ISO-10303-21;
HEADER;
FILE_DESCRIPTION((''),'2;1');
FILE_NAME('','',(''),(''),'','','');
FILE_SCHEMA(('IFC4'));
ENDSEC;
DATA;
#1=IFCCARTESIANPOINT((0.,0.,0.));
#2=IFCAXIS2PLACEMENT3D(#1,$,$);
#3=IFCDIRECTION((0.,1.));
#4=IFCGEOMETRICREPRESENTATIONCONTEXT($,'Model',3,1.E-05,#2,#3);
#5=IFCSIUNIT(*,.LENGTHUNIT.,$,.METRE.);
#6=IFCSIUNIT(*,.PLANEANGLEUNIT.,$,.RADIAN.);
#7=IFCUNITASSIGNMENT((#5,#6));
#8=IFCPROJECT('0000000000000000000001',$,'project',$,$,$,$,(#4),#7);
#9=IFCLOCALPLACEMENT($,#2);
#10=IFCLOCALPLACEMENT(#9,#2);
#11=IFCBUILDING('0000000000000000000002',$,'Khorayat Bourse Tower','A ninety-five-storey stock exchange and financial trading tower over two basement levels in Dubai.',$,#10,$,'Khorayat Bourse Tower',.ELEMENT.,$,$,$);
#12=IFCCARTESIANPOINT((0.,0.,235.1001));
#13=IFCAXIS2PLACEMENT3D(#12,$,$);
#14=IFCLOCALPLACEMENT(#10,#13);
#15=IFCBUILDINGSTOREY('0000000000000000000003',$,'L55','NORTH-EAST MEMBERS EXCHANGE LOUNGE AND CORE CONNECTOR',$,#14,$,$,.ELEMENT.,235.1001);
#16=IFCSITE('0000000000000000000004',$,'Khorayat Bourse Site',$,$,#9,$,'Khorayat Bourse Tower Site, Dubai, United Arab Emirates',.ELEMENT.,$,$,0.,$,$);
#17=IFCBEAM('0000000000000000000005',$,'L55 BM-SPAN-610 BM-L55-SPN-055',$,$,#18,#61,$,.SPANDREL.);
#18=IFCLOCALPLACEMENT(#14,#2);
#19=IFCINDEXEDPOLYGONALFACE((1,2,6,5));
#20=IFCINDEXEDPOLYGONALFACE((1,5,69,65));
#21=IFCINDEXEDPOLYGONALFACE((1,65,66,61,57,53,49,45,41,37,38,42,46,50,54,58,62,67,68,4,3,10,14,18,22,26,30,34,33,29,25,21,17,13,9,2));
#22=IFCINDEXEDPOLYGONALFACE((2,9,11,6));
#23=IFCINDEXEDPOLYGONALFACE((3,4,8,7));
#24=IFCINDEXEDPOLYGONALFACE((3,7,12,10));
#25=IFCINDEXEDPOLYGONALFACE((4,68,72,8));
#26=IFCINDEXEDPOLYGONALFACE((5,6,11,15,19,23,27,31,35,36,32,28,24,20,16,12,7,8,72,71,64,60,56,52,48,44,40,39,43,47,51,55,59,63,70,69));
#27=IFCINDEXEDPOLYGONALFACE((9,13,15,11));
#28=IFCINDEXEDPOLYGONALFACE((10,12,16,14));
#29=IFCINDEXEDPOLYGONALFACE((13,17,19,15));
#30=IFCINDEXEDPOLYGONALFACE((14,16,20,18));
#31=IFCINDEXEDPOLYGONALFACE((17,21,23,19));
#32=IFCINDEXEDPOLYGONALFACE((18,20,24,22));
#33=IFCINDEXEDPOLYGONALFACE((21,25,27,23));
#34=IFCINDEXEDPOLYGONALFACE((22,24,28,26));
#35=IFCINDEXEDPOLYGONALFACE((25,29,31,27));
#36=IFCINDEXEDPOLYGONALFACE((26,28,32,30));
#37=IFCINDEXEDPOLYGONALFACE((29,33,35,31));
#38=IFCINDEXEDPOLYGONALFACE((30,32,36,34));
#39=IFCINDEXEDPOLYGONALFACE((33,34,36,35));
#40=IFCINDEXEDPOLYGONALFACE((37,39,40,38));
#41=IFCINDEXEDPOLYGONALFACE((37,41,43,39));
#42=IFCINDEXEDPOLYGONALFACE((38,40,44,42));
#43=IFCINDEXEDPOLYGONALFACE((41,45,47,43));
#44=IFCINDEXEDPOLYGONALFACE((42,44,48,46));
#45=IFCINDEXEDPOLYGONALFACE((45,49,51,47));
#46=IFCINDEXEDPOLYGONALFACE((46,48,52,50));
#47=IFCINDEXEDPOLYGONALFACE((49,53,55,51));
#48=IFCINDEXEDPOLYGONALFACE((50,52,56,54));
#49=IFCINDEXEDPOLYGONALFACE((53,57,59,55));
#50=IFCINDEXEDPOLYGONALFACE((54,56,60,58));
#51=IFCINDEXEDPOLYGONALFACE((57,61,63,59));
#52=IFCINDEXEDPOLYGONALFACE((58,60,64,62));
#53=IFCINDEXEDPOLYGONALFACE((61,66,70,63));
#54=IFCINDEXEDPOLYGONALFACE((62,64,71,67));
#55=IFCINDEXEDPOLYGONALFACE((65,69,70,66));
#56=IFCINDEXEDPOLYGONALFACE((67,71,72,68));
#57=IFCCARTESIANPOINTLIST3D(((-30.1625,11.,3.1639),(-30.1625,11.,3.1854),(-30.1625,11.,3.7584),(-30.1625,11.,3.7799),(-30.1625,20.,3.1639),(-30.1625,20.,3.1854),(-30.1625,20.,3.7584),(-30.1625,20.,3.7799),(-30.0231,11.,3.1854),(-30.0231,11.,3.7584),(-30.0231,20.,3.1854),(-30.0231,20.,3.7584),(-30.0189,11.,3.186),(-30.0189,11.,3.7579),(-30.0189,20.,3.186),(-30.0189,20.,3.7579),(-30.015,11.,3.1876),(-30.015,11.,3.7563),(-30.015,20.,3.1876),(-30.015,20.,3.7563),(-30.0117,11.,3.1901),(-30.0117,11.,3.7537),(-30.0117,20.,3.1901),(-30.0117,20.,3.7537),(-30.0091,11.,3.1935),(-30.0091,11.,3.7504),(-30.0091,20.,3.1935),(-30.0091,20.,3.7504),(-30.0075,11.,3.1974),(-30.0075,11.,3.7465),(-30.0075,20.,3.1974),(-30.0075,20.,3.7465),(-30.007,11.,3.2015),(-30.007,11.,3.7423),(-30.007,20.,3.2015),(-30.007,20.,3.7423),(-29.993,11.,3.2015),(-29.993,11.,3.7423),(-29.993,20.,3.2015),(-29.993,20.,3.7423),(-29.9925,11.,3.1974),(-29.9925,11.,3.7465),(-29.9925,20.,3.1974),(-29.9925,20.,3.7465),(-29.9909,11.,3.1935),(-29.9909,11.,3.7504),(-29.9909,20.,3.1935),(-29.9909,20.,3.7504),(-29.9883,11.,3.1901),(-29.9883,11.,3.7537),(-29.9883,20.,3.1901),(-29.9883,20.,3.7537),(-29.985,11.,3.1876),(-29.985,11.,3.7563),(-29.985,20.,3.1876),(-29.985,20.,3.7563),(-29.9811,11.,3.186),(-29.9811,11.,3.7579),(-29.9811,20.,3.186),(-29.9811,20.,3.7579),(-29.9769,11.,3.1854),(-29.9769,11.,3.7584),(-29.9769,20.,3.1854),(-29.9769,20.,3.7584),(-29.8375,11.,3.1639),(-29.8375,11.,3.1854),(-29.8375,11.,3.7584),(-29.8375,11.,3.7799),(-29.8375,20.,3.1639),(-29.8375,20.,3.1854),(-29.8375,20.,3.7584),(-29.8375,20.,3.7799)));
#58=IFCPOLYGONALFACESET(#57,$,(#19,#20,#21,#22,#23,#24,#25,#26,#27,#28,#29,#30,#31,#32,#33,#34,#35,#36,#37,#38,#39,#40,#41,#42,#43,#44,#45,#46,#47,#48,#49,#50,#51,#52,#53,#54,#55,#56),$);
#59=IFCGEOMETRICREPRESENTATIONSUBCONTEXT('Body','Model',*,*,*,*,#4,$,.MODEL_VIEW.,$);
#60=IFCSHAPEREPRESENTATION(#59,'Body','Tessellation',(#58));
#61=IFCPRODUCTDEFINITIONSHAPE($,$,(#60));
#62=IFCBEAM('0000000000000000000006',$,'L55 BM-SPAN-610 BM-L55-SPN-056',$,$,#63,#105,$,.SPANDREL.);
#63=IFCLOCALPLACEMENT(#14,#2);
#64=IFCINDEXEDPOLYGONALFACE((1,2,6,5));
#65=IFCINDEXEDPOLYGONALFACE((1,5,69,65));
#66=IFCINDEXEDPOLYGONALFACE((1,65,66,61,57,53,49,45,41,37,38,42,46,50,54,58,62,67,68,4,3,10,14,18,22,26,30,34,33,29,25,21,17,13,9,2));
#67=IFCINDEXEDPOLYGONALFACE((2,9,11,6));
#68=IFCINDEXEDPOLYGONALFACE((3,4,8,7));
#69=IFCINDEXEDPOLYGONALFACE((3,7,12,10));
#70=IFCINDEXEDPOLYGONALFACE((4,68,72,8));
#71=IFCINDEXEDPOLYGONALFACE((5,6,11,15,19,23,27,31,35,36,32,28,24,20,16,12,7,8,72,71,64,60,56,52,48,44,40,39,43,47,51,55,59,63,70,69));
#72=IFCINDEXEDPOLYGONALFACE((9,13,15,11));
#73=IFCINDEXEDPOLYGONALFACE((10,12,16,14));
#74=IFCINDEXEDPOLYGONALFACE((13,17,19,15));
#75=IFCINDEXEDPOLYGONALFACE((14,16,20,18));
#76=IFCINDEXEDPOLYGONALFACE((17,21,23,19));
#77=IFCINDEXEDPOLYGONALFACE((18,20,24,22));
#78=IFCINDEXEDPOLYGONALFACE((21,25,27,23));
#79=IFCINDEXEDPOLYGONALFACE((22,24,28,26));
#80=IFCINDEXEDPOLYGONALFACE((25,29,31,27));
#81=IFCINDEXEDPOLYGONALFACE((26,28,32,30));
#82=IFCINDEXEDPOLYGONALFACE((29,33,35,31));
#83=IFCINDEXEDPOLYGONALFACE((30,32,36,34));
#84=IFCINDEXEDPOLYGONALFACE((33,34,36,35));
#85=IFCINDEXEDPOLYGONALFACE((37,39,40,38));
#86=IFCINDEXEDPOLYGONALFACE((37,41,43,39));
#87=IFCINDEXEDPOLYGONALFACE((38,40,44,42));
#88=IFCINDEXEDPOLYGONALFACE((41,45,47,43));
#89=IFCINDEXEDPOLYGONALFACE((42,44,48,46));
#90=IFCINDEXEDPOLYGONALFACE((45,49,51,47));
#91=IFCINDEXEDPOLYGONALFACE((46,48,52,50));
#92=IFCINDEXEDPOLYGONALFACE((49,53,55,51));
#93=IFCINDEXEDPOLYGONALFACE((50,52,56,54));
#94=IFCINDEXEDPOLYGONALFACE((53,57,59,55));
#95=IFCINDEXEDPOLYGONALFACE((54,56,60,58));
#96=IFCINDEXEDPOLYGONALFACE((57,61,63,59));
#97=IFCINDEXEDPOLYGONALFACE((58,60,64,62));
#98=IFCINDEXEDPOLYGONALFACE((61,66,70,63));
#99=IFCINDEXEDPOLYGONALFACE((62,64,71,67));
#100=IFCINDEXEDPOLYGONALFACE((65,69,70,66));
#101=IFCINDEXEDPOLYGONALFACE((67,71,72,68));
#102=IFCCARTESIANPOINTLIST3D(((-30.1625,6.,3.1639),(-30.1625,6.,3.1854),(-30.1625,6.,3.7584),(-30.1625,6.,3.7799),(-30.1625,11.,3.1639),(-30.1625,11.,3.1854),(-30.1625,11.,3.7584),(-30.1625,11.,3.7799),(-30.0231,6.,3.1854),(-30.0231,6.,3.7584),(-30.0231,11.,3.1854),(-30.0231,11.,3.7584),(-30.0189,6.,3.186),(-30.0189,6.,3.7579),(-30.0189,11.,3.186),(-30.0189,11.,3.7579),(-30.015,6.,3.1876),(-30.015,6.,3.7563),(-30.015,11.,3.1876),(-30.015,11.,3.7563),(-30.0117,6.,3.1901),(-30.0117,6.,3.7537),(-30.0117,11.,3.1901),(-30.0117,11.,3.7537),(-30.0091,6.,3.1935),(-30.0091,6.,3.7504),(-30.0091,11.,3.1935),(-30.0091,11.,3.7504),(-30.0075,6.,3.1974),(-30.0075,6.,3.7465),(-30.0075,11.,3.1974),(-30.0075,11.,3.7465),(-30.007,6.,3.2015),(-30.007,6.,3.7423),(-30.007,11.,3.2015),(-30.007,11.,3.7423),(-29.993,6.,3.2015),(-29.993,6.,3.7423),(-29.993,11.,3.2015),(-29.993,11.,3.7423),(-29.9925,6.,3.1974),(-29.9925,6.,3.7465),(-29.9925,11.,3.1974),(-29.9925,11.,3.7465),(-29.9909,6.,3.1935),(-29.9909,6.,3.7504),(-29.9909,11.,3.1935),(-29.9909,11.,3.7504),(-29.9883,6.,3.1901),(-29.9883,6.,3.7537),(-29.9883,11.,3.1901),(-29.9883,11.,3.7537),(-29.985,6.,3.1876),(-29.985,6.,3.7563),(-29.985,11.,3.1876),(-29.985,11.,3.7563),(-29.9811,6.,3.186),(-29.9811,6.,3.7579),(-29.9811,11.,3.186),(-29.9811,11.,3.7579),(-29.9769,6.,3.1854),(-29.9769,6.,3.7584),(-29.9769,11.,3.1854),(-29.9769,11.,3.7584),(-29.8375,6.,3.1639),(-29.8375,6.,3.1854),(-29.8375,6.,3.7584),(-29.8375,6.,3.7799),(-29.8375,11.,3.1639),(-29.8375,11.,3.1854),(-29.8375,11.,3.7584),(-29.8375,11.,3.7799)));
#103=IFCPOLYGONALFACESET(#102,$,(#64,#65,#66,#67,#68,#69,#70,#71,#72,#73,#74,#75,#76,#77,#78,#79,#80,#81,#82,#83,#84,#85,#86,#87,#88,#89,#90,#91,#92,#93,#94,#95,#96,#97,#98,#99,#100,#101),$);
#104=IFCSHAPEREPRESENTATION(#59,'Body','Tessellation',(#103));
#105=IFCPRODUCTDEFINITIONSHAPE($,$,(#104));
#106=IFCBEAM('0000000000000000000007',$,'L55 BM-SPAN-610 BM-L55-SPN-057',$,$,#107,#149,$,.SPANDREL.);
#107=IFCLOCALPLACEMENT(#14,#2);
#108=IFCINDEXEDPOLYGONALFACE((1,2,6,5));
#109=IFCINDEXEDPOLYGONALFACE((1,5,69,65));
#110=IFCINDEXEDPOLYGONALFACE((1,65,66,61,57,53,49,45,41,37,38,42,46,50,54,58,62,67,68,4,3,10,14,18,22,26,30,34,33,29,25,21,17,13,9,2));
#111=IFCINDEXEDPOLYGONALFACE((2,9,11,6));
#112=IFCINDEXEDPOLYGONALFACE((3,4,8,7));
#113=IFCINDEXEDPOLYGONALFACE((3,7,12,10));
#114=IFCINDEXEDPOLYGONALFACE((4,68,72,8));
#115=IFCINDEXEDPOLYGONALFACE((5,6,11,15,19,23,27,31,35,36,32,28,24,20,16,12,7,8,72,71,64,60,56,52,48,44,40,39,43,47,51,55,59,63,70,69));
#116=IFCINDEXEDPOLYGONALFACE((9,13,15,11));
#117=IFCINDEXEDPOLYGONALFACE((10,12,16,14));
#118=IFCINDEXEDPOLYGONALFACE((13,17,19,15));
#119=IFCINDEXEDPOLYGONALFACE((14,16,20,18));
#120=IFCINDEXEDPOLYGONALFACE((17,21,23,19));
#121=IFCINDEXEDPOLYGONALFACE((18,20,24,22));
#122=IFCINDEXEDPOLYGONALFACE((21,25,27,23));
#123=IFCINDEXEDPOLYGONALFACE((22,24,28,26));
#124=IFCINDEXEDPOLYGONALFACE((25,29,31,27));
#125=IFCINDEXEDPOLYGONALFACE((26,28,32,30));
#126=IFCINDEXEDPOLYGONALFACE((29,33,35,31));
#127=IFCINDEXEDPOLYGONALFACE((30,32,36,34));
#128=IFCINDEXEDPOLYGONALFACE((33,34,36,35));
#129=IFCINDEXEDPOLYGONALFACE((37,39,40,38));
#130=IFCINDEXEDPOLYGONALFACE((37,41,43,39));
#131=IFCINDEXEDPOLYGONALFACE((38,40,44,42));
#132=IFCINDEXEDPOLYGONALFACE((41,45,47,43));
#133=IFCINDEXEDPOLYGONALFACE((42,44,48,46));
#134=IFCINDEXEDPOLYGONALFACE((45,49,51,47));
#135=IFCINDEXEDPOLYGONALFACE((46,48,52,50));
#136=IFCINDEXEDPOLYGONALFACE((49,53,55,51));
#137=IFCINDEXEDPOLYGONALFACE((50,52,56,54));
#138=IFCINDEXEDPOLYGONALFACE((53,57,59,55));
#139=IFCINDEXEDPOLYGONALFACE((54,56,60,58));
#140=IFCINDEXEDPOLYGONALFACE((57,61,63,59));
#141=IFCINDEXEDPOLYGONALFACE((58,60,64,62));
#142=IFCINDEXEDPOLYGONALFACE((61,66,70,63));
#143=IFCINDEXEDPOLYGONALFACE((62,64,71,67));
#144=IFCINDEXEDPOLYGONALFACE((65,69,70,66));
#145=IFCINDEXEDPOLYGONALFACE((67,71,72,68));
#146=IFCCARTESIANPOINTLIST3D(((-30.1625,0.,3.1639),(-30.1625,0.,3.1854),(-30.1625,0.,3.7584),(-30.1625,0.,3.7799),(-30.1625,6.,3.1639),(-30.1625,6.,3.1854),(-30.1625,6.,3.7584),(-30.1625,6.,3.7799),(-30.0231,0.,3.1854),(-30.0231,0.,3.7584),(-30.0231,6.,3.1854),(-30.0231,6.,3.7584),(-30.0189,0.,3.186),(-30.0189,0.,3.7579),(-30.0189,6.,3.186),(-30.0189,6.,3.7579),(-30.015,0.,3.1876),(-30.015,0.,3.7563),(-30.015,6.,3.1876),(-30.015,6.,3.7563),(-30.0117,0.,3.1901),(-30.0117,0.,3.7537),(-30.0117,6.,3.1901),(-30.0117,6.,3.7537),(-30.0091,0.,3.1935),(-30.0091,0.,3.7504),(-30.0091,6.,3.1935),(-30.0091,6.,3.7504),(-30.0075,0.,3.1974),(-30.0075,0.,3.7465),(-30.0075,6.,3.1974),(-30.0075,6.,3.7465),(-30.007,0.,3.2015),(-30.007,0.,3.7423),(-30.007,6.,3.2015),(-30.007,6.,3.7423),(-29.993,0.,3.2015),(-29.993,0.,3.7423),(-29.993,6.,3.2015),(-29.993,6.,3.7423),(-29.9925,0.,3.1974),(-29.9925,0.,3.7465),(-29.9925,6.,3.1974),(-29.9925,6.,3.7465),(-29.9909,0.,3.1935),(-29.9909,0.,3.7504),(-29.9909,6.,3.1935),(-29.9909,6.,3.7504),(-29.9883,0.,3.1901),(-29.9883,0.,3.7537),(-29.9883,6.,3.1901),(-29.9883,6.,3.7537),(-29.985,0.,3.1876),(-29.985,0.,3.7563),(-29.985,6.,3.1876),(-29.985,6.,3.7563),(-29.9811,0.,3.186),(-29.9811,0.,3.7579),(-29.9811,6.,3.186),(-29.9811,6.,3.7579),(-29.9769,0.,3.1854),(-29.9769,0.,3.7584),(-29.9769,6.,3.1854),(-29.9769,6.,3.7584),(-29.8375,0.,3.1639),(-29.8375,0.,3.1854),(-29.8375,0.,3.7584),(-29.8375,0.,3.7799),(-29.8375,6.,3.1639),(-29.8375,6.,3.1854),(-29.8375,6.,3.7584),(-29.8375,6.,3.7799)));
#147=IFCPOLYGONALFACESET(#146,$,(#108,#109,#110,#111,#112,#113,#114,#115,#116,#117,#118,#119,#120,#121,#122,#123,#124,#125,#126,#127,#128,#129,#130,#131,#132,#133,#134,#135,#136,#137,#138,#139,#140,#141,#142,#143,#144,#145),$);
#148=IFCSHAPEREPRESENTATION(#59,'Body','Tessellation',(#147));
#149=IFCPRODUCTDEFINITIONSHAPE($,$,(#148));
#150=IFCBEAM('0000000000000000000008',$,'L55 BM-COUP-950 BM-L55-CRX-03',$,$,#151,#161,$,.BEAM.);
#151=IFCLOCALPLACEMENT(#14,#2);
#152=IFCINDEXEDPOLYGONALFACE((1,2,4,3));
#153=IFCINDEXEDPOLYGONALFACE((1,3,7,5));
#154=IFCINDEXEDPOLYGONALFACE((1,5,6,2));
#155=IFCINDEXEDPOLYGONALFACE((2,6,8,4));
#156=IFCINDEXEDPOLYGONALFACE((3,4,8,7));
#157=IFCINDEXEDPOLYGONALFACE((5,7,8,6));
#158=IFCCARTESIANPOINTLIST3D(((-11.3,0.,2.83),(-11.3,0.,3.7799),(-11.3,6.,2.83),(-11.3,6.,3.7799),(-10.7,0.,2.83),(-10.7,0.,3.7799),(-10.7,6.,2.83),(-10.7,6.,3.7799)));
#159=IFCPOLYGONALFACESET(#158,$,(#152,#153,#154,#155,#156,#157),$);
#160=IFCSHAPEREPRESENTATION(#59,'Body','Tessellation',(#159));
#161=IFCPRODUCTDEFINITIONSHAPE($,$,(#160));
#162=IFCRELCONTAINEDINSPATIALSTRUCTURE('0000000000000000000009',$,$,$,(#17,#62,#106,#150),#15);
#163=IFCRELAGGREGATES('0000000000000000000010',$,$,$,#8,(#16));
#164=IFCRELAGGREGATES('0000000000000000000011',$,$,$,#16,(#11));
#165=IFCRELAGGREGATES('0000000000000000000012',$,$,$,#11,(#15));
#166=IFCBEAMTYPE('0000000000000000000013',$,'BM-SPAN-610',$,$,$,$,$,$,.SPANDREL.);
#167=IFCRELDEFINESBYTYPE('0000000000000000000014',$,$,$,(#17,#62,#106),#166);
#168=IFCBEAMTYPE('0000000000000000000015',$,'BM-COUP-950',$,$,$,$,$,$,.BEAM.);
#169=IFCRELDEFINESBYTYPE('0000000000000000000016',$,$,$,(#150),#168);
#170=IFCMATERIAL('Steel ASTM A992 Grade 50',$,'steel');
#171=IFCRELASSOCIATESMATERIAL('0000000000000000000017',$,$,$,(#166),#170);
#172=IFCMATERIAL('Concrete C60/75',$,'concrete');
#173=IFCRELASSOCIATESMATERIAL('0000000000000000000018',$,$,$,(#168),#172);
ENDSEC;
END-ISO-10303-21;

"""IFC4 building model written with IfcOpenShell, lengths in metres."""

from ifc_helpers import new_model, si_unit, direction, frame, origin, origin_2d, place, context, subcontext, project, spatial, rectangle, i_section, extrude, source, transform, mapped, material, material_profile, profile_set, type_object, element, save


model = new_model("IFC4")

# Units and contexts
model_context = context("Model", 3, precision=1e-05, world=origin(), true_north=direction((0.0, 1.0)))
body_context = subcontext(model_context, "Body", "Model", "MODEL_VIEW")
ifc_project = project(units=[si_unit("LENGTHUNIT", "METRE"), si_unit("PLANEANGLEUNIT", "RADIAN")], contexts=[model_context])

# Site, building, storey
site_placement = place(None, origin())
site = spatial("IfcSite", under=ifc_project, at=site_placement, Name="Khorayat Bourse Site", LongName="Khorayat Bourse Tower Site, Dubai, United Arab Emirates", CompositionType="ELEMENT", RefElevation=0.0)
building_placement = place(site_placement, origin())
building = spatial("IfcBuilding", under=site, at=building_placement, Name="Khorayat Bourse Tower", Description="A ninety-five-storey stock exchange and financial trading tower over two basement levels in Dubai.", LongName="Khorayat Bourse Tower", CompositionType="ELEMENT")
storey_placement = place(building_placement, frame((0.0, 0.0, 235.1001)))
storey = spatial("IfcBuildingStorey", under=building, at=storey_placement, Name="L55", Description="NORTH-EAST MEMBERS EXCHANGE LOUNGE AND CORE CONNECTOR", CompositionType="ELEMENT", Elevation=235.1001)

# Shared definitions
ifc_material_1 = material(Name="Concrete C60/75", Category="concrete")

# Beams
ifc_material_2 = material(Name="Steel ASTM A992 Grade 50", Category="steel")
ifc_material_profile_1 = material_profile(ifc_material_2, i_section(OverallWidth=0.325, OverallDepth=0.616, WebThickness=0.0139, FlangeThickness=0.0215, FilletRadius=0.0161, at=origin_2d()), Name="W610X174")
ifc_profile_set_1 = profile_set([ifc_material_profile_1], Name="Steel ASTM A992 Grade 50")
beam_type_1 = type_object("IfcBeamType", Name="BM-SPAN-610", PredefinedType="SPANDREL", material=ifc_profile_set_1)
shared_shape_1 = source(origin(), body_context, "Body", "SweptSolid", [
    extrude(i_section(OverallWidth=0.325, OverallDepth=0.616, WebThickness=0.0139, FlangeThickness=0.0215, FilletRadius=0.0161, at=origin_2d()), origin(), (0.0, 0.0, 1.0), 9.0),
])
beam_1_placement = place(storey_placement, frame((-30.0, 11.0, 3.4719), z_axis=(0.0, 1.0, 0.0), x_axis=(-1.0, 0.0, 0.0)))
element("IfcBeam", 1, at=beam_1_placement, inside=storey, type_object=beam_type_1, Name="L55 BM-SPAN-610 BM-L55-SPN-055", PredefinedType="SPANDREL", context=body_context, shape_type="MappedRepresentation", body=[
    mapped(shared_shape_1, transform((0.0, 0.0, 0.0), scale=1.0)),
])
shared_shape_2 = source(origin(), body_context, "Body", "SweptSolid", [
    extrude(i_section(OverallWidth=0.325, OverallDepth=0.616, WebThickness=0.0139, FlangeThickness=0.0215, FilletRadius=0.0161, at=origin_2d()), origin(), (0.0, 0.0, 1.0), 5.0),
])
beam_2_placement = place(storey_placement, frame((-30.0, 6.0, 3.4719), z_axis=(0.0, 1.0, 0.0), x_axis=(-1.0, 0.0, 0.0)))
element("IfcBeam", 2, at=beam_2_placement, inside=storey, type_object=beam_type_1, Name="L55 BM-SPAN-610 BM-L55-SPN-056", PredefinedType="SPANDREL", context=body_context, shape_type="MappedRepresentation", body=[
    mapped(shared_shape_2, transform((0.0, 0.0, 0.0), scale=1.0)),
])
shared_shape_3 = source(origin(), body_context, "Body", "SweptSolid", [
    extrude(i_section(OverallWidth=0.325, OverallDepth=0.616, WebThickness=0.0139, FlangeThickness=0.0215, FilletRadius=0.0161, at=origin_2d()), origin(), (0.0, 0.0, 1.0), 6.0),
])
beam_3_placement = place(storey_placement, frame((-30.0, 0.0, 3.4719), z_axis=(0.0, 1.0, 0.0), x_axis=(-1.0, 0.0, 0.0)))
element("IfcBeam", 3, at=beam_3_placement, inside=storey, type_object=beam_type_1, Name="L55 BM-SPAN-610 BM-L55-SPN-057", PredefinedType="SPANDREL", context=body_context, shape_type="MappedRepresentation", body=[
    mapped(shared_shape_3, transform((0.0, 0.0, 0.0), scale=1.0)),
])
ifc_material_profile_2 = material_profile(ifc_material_1, rectangle(XDim=0.6001, YDim=0.95, at=origin_2d()), Name="RC 600x950")
ifc_profile_set_2 = profile_set([ifc_material_profile_2], Name="Concrete C60/75")
beam_type_2 = type_object("IfcBeamType", Name="BM-COUP-950", PredefinedType="BEAM", material=ifc_profile_set_2)
shared_shape_4 = source(origin(), body_context, "Body", "SweptSolid", [
    extrude(rectangle(XDim=0.6001, YDim=0.95, at=origin_2d()), origin(), (0.0, 0.0, 1.0), 6.0),
])
beam_4_placement = place(storey_placement, frame((-11.0, 0.0, 3.3049), z_axis=(0.0, 1.0, 0.0), x_axis=(-1.0, 0.0, 0.0)))
element("IfcBeam", 4, at=beam_4_placement, inside=storey, type_object=beam_type_2, Name="L55 BM-COUP-950 BM-L55-CRX-03", PredefinedType="BEAM", context=body_context, shape_type="MappedRepresentation", body=[
    mapped(shared_shape_4, transform((0.0, 0.0, 0.0), scale=1.0)),
])

save(model, "model.ifc")
